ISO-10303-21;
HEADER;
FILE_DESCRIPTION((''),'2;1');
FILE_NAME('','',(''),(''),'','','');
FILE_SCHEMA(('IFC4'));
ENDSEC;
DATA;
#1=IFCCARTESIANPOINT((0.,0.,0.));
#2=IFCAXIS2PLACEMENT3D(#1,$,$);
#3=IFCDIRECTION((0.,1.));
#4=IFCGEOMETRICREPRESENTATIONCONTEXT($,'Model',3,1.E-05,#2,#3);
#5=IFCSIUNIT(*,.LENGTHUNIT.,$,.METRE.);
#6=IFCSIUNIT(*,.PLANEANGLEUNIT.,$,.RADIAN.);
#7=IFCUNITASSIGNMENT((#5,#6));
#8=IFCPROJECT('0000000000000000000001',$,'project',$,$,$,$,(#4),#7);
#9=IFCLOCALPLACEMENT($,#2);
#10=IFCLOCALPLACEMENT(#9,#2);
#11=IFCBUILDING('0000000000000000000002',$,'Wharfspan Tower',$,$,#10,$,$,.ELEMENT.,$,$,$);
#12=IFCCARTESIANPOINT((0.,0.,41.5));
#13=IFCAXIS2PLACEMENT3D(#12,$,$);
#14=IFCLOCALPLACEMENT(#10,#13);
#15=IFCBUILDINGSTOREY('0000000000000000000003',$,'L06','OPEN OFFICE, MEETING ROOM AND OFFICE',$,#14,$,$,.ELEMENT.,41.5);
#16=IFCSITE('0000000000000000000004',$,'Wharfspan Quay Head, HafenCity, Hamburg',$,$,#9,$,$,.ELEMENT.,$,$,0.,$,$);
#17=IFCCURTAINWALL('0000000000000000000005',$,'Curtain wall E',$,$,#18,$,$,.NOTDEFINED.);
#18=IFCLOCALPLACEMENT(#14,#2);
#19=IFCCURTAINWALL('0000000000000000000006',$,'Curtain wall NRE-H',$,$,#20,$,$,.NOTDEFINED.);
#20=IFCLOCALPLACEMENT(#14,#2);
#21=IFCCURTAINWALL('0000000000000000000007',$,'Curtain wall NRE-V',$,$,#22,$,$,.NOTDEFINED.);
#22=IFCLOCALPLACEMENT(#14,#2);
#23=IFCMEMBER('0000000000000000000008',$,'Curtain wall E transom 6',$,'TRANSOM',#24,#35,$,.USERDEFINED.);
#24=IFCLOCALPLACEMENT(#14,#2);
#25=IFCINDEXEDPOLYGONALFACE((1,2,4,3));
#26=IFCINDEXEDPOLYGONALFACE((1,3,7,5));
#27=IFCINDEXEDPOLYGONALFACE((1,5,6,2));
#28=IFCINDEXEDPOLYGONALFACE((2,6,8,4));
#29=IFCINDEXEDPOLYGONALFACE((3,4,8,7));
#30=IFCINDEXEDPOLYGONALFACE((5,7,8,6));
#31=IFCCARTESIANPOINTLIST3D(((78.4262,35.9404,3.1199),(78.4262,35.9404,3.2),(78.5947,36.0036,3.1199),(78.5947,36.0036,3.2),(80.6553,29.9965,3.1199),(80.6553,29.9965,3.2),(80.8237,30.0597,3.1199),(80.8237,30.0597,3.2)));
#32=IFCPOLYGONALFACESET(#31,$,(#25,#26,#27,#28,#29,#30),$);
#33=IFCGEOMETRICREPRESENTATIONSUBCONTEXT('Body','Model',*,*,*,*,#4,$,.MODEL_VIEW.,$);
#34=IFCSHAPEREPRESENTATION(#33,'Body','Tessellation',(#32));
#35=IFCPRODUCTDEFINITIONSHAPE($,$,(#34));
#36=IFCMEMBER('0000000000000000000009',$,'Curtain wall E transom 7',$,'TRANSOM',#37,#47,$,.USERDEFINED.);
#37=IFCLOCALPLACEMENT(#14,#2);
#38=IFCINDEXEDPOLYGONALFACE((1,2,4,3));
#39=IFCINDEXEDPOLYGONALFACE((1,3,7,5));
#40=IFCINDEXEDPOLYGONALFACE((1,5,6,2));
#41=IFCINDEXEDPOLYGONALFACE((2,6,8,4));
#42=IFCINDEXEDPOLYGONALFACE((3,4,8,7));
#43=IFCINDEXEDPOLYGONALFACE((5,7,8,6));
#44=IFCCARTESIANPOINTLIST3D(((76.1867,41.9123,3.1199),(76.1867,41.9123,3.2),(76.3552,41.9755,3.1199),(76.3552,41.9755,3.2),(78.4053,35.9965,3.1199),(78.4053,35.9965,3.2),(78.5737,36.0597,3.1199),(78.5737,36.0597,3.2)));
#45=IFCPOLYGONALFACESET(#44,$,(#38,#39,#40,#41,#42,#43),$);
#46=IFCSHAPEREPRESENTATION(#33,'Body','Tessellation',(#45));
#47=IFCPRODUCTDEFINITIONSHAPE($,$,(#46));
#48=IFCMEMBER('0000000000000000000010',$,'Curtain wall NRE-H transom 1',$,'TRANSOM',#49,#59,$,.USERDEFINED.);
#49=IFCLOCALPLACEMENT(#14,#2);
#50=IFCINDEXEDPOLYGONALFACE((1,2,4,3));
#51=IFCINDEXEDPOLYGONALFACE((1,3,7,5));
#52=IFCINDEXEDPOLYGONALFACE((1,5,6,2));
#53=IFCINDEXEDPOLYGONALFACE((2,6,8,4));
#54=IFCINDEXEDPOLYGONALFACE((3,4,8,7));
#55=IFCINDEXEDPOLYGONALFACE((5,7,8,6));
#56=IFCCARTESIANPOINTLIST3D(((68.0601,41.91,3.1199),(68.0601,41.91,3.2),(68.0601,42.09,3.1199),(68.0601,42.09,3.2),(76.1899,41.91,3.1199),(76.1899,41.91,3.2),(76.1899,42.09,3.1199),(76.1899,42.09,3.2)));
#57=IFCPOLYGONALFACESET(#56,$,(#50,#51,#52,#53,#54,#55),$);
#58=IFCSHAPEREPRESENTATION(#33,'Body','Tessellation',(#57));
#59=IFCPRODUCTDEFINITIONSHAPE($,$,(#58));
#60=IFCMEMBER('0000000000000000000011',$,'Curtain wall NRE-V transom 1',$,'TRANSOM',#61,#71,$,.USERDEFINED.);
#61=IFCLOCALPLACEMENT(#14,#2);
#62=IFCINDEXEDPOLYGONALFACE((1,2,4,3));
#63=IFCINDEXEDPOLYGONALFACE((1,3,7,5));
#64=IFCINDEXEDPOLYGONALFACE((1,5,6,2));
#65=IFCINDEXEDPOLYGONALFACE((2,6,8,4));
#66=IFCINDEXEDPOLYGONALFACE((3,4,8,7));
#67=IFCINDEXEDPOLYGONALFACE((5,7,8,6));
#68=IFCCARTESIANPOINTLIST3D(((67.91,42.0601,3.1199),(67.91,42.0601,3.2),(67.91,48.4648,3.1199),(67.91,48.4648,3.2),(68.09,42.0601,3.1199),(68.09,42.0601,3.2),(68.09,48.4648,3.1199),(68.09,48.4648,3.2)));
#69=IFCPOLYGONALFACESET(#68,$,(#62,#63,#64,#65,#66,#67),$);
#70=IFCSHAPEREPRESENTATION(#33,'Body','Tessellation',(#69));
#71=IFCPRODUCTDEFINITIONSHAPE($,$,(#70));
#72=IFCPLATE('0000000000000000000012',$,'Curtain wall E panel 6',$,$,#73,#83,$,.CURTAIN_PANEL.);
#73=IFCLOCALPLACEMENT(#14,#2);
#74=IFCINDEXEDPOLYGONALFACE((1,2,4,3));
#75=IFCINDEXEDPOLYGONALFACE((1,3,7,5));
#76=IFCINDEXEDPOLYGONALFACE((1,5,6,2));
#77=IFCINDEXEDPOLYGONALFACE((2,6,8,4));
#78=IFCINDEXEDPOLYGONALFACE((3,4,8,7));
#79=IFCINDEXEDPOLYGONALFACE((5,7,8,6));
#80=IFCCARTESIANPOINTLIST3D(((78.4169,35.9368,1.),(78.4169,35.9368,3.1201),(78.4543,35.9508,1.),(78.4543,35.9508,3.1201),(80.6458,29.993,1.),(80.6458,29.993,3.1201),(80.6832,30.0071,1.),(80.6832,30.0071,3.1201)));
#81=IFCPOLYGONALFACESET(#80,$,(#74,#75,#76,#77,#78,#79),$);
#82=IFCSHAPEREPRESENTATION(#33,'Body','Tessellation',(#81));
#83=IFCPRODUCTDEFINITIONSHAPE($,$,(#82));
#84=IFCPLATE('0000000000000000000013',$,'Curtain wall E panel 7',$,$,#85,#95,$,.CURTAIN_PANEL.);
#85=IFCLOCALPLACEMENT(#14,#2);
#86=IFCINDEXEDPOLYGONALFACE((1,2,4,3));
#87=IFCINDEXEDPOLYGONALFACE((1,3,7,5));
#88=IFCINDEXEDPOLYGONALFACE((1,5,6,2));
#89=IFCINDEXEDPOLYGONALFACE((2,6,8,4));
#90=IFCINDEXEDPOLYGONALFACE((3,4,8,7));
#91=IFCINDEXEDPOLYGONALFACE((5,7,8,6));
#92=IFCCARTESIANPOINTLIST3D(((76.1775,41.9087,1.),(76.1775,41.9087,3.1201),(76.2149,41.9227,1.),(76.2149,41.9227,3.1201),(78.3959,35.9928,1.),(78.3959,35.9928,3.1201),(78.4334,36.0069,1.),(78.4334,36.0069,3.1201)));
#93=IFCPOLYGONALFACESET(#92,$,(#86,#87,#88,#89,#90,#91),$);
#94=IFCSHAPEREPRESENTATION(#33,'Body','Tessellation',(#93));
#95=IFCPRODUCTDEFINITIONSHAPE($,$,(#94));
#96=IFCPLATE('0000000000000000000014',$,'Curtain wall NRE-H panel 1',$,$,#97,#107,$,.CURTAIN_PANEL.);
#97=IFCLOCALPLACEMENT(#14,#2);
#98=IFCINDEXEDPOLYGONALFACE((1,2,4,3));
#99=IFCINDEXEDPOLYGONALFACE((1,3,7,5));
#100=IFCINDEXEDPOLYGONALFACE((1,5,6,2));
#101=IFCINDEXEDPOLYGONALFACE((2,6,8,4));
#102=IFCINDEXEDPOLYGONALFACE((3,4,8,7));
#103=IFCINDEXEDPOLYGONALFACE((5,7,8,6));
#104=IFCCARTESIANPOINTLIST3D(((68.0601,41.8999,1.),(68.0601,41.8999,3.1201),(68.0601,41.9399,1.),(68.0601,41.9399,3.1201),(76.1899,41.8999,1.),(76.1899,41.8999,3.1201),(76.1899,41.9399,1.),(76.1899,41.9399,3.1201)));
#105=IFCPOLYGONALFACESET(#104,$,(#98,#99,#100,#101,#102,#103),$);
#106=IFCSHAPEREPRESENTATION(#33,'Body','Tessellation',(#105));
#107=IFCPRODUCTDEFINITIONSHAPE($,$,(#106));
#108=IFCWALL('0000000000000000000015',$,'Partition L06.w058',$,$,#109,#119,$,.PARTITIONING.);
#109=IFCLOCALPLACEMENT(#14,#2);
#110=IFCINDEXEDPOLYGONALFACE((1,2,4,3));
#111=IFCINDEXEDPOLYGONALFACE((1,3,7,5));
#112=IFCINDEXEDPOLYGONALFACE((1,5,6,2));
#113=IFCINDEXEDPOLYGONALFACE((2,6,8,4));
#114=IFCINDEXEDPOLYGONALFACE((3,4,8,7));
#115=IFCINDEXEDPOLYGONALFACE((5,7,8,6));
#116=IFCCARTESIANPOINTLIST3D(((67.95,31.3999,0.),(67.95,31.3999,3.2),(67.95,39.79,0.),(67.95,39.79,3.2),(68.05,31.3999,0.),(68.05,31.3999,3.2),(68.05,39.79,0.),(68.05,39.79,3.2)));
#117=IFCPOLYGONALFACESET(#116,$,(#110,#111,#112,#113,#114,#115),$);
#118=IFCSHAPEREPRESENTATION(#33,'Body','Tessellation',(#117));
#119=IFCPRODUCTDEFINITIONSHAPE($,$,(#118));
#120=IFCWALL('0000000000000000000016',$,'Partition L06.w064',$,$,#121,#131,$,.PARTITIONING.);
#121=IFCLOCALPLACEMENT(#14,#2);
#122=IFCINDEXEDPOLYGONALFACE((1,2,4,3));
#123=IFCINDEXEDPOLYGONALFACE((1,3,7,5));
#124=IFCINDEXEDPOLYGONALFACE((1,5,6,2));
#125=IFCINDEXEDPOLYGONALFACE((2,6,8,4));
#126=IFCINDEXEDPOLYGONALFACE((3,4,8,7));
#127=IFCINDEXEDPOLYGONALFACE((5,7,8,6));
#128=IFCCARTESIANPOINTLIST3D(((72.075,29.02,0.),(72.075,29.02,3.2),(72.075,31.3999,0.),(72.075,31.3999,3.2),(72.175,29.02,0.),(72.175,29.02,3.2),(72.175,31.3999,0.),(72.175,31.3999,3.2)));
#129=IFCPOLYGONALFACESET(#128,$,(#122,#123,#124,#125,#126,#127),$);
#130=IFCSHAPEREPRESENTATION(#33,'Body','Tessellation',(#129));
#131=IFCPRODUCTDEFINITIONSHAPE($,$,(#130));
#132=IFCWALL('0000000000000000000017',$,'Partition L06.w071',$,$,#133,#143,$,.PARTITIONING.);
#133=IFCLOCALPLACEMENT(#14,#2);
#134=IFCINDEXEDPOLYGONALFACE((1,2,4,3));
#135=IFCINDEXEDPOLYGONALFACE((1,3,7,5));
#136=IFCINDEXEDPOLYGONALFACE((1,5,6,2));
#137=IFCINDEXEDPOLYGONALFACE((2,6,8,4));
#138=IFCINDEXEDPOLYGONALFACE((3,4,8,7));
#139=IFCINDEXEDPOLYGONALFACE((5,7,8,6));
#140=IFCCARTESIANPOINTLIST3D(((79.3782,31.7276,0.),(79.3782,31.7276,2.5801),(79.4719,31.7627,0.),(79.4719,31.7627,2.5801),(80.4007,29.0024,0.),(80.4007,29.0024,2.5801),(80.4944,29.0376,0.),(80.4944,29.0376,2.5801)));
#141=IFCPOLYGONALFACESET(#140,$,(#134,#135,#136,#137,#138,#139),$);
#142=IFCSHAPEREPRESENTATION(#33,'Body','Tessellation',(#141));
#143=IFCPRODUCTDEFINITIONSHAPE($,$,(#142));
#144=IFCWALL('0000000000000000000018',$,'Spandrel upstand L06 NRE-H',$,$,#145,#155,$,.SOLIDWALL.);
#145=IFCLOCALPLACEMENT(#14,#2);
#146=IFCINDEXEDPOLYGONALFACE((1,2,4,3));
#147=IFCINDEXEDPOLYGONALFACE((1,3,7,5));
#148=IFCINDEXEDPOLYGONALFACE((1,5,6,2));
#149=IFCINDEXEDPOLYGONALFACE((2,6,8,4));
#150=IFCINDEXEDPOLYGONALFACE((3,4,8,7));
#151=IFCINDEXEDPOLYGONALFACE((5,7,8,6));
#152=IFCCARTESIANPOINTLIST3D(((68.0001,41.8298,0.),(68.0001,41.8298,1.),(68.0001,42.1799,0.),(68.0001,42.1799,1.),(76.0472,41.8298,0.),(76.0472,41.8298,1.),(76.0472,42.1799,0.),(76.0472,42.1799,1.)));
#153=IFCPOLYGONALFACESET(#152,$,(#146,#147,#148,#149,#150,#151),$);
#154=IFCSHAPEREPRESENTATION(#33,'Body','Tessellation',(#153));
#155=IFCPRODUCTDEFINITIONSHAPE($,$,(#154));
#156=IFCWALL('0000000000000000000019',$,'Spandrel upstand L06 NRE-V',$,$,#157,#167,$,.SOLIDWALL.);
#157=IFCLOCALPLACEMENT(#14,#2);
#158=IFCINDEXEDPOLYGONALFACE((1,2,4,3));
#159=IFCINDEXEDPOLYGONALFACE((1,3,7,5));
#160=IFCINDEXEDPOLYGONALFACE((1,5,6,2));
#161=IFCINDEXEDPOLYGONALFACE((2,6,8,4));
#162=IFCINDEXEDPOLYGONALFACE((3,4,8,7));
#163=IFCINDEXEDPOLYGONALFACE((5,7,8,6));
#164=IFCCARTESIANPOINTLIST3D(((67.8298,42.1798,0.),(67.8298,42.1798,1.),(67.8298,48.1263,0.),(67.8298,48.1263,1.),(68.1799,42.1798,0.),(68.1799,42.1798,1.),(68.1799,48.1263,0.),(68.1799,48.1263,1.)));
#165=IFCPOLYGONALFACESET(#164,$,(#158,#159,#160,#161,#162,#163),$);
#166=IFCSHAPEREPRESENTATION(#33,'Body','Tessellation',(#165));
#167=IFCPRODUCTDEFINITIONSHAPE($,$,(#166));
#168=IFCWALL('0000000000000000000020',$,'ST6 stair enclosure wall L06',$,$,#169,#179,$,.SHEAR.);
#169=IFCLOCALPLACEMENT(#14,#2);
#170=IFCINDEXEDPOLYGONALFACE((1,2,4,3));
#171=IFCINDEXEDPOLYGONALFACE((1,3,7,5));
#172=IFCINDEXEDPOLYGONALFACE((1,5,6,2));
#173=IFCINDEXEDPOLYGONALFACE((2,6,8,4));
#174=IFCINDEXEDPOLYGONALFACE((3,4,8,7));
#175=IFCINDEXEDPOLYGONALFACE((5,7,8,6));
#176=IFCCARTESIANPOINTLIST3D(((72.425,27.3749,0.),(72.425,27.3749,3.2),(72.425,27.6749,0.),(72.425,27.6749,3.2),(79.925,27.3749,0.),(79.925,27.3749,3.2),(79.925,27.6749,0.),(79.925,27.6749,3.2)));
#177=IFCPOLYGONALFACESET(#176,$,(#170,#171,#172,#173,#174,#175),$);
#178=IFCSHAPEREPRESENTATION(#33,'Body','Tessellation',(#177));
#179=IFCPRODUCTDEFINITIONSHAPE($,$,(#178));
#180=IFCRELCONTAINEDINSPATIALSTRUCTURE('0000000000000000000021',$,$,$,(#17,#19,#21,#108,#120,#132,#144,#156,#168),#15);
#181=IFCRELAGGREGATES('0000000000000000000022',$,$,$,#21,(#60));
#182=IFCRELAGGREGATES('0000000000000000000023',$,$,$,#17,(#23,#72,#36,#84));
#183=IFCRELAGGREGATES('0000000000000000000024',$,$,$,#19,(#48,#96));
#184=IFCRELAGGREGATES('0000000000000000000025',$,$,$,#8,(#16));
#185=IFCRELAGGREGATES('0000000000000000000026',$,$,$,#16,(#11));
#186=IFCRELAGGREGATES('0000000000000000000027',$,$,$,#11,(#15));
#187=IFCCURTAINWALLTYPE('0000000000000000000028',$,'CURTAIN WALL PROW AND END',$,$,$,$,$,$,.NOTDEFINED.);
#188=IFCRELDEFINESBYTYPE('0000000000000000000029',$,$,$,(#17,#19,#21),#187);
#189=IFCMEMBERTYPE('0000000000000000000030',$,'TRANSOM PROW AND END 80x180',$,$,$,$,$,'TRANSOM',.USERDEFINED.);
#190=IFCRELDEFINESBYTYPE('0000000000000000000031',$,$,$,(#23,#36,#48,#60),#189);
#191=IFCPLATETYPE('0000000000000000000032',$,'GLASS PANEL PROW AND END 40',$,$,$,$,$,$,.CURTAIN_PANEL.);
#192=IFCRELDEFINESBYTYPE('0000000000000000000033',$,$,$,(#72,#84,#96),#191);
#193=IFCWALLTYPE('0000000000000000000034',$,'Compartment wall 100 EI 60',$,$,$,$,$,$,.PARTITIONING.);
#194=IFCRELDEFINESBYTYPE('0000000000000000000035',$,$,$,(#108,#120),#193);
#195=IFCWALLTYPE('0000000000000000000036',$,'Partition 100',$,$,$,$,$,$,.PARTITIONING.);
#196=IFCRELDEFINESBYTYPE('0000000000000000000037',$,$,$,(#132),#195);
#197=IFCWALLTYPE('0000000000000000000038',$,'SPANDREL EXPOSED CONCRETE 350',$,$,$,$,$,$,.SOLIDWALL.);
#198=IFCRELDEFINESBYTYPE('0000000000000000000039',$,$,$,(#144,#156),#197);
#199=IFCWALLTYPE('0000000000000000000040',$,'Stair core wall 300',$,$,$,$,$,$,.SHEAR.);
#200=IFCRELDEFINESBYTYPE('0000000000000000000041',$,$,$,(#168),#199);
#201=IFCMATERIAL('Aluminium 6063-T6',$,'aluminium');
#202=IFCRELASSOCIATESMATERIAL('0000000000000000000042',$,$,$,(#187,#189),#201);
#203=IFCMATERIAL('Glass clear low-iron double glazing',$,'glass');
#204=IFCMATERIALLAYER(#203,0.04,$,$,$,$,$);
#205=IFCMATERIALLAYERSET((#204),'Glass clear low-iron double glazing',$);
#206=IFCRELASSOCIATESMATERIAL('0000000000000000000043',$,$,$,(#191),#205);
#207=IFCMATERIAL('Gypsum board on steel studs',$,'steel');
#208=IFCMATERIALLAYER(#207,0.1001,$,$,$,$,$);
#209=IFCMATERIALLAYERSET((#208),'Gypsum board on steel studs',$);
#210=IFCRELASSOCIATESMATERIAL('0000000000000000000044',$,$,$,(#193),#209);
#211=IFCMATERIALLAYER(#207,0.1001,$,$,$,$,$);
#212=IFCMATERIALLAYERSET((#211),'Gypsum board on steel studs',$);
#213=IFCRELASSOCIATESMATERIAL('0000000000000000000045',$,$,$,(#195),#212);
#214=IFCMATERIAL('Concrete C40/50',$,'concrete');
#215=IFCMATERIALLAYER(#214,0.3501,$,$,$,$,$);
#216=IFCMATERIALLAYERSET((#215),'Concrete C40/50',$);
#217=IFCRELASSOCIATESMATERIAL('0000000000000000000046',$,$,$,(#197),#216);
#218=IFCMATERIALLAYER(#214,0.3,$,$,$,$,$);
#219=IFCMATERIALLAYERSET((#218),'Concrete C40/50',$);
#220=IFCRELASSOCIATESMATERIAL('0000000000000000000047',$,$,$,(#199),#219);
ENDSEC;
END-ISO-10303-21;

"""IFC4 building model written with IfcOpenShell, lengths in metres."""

from ifc_helpers import new_model, si_unit, direction, frame, frame_2d, origin, origin_2d, place, context, subcontext, project, spatial, rectangle, extrude, material, layer, layer_set, material_profile, profile_set, type_object, element, aggregate, save


model = new_model("IFC4")

# Units and contexts
model_context = context("Model", 3, precision=1e-05, world=origin(), true_north=direction((0.0, 1.0)))
body_context = subcontext(model_context, "Body", "Model", "MODEL_VIEW")
ifc_project = project(units=[si_unit("LENGTHUNIT", "METRE"), si_unit("PLANEANGLEUNIT", "RADIAN")], contexts=[model_context])

# Site, building, storey
site_placement = place(None, origin())
site = spatial("IfcSite", under=ifc_project, at=site_placement, Name="Wharfspan Quay Head, HafenCity, Hamburg", CompositionType="ELEMENT", RefElevation=0.0)
building_placement = place(site_placement, origin())
building = spatial("IfcBuilding", under=site, at=building_placement, Name="Wharfspan Tower", CompositionType="ELEMENT")
storey_placement = place(building_placement, frame((0.0, 0.0, 41.5)))
storey = spatial("IfcBuildingStorey", under=building, at=storey_placement, Name="L06", Description="OPEN OFFICE, MEETING ROOM AND OFFICE", CompositionType="ELEMENT", Elevation=41.5)

# Curtain walls
ifc_material_1 = material(Name="Aluminium 6063-T6", Category="aluminium")
curtain_wall_type = type_object("IfcCurtainWallType", Name="CURTAIN WALL PROW AND END", PredefinedType="NOTDEFINED", material=ifc_material_1)
curtain_wall_1_placement = place(storey_placement, origin())
curtain_wall_1 = element("IfcCurtainWall", 1, at=curtain_wall_1_placement, inside=storey, type_object=curtain_wall_type, Name="Curtain wall E", PredefinedType="NOTDEFINED")
curtain_wall_2_placement = place(storey_placement, origin())
curtain_wall_2 = element("IfcCurtainWall", 2, at=curtain_wall_2_placement, inside=storey, type_object=curtain_wall_type, Name="Curtain wall NRE-H", PredefinedType="NOTDEFINED")
curtain_wall_3_placement = place(storey_placement, origin())
curtain_wall_3 = element("IfcCurtainWall", 3, at=curtain_wall_3_placement, inside=storey, type_object=curtain_wall_type, Name="Curtain wall NRE-V", PredefinedType="NOTDEFINED")

# Members
ifc_material_profile_1 = material_profile(ifc_material_1, rectangle(XDim=0.1799, YDim=0.0801, at=origin_2d()))
ifc_profile_set_1 = profile_set([ifc_material_profile_1], Name="Aluminium 6063-T6")
member_type_1 = type_object("IfcMemberType", Name="TRANSOM PROW AND END 80x180", ElementType="TRANSOM", PredefinedType="USERDEFINED", material=ifc_profile_set_1)
member_1_placement = place(storey_placement, frame((80.7395, 30.0281, 3.1599), z_axis=(-0.351132, 0.936326, 0.0), x_axis=(-0.936326, -0.351132, 0.0)))
member_1 = element("IfcMember", 4, at=member_1_placement, type_object=member_type_1, Name="Curtain wall E transom 6", ObjectType="TRANSOM", PredefinedType="USERDEFINED", context=body_context, shape_type="SweptSolid", body=[
    extrude(rectangle(XDim=0.1799, YDim=0.0801, at=origin_2d()), origin(), (0.0, 0.0, 1.0), 6.3481),
])
member_2_placement = place(storey_placement, frame((78.4895, 36.0281, 3.1599), z_axis=(-0.351136, 0.936324, 0.0), x_axis=(-0.936324, -0.351136, 0.0)))
member_2 = element("IfcMember", 5, at=member_2_placement, type_object=member_type_1, Name="Curtain wall E transom 7", ObjectType="TRANSOM", PredefinedType="USERDEFINED", context=body_context, shape_type="SweptSolid", body=[
    extrude(rectangle(XDim=0.1799, YDim=0.0801, at=origin_2d()), origin(), (0.0, 0.0, 1.0), 6.3181),
])
member_3_placement = place(storey_placement, frame((76.1899, 42.0, 3.1599), z_axis=(-1.0, 0.0, 0.0), x_axis=(0.0, -1.0, 0.0)))
member_3 = element("IfcMember", 6, at=member_3_placement, type_object=member_type_1, Name="Curtain wall NRE-H transom 1", ObjectType="TRANSOM", PredefinedType="USERDEFINED", context=body_context, shape_type="SweptSolid", body=[
    extrude(rectangle(XDim=0.1799, YDim=0.0801, at=origin_2d()), origin(), (0.0, 0.0, 1.0), 8.1299),
])
member_4_placement = place(storey_placement, frame((68.0, 42.0601, 3.1599), z_axis=(0.0, 1.0, 0.0), x_axis=(-1.0, 0.0, 0.0)))
member_4 = element("IfcMember", 7, at=member_4_placement, type_object=member_type_1, Name="Curtain wall NRE-V transom 1", ObjectType="TRANSOM", PredefinedType="USERDEFINED", context=body_context, shape_type="SweptSolid", body=[
    extrude(rectangle(XDim=0.1799, YDim=0.0801, at=origin_2d()), origin(), (0.0, 0.0, 1.0), 6.4048),
])
aggregate(curtain_wall_3, [member_4])

# Plates
ifc_material_2 = material(Name="Glass clear low-iron double glazing", Category="glass")
ifc_layer_1 = layer(ifc_material_2, 0.04)
ifc_layer_set_1 = layer_set([ifc_layer_1], Name="Glass clear low-iron double glazing")
plate_type = type_object("IfcPlateType", Name="GLASS PANEL PROW AND END 40", PredefinedType="CURTAIN_PANEL", material=ifc_layer_set_1)
plate_1_placement = place(storey_placement, frame((79.55, 32.9719, 1.0), z_axis=(0.0, 0.0, 1.0), x_axis=(-0.351123, 0.936328, 0.0)))
plate_1 = element("IfcPlate", 8, at=plate_1_placement, type_object=plate_type, Name="Curtain wall E panel 6", PredefinedType="CURTAIN_PANEL", context=body_context, shape_type="SweptSolid", body=[
    extrude(rectangle(XDim=6.3479, YDim=0.04, at=origin_2d()), origin(), (0.0, 0.0, 1.0), 2.1201),
])
plate_2_placement = place(storey_placement, frame((77.3054, 38.9578, 1.0), z_axis=(0.0, 0.0, 1.0), x_axis=(-0.351123, 0.936328, 0.0)))
plate_2 = element("IfcPlate", 9, at=plate_2_placement, type_object=plate_type, Name="Curtain wall E panel 7", PredefinedType="CURTAIN_PANEL", context=body_context, shape_type="SweptSolid", body=[
    extrude(rectangle(XDim=6.3181, YDim=0.04, at=origin_2d()), origin(), (0.0, 0.0, 1.0), 2.1201),
])
aggregate(curtain_wall_1, [member_1, plate_1, member_2, plate_2])
plate_3_placement = place(storey_placement, frame((72.125, 41.9199, 1.0), z_axis=(0.0, 0.0, 1.0), x_axis=(-1.0, 0.0, 0.0)))
plate_3 = element("IfcPlate", 10, at=plate_3_placement, type_object=plate_type, Name="Curtain wall NRE-H panel 1", PredefinedType="CURTAIN_PANEL", context=body_context, shape_type="SweptSolid", body=[
    extrude(rectangle(XDim=8.1299, YDim=0.04, at=origin_2d()), origin(), (0.0, 0.0, 1.0), 2.1201),
])
aggregate(curtain_wall_2, [member_3, plate_3])

# Walls
ifc_material_3 = material(Name="Gypsum board on steel studs", Category="steel")
ifc_layer_2 = layer(ifc_material_3, 0.1001)
ifc_layer_set_2 = layer_set([ifc_layer_2], Name="Gypsum board on steel studs")
wall_type_1 = type_object("IfcWallType", Name="Compartment wall 100 EI 60", PredefinedType="PARTITIONING", material=ifc_layer_set_2)
wall_1_placement = place(storey_placement, frame((68.0, 31.3999, 0.0), z_axis=(0.0, 0.0, 1.0), x_axis=(0.0, 1.0, 0.0)))
element("IfcWall", 11, at=wall_1_placement, inside=storey, type_object=wall_type_1, Name="Partition L06.w058", PredefinedType="PARTITIONING", context=body_context, shape_type="SweptSolid", body=[
    extrude(rectangle(XDim=8.3901, YDim=0.1001, at=frame_2d((4.1951, 0.0))), origin(), (0.0, 0.0, 1.0), 3.2),
])
wall_2_placement = place(storey_placement, frame((72.125, 29.02, 0.0), z_axis=(0.0, 0.0, 1.0), x_axis=(0.0, 1.0, 0.0)))
element("IfcWall", 12, at=wall_2_placement, inside=storey, type_object=wall_type_1, Name="Partition L06.w064", PredefinedType="PARTITIONING", context=body_context, shape_type="SweptSolid", body=[
    extrude(rectangle(XDim=2.3799, YDim=0.1001, at=frame_2d((1.1899, 0.0))), origin(), (0.0, 0.0, 1.0), 3.2),
])
ifc_layer_3 = layer(ifc_material_3, 0.1001)
ifc_layer_set_3 = layer_set([ifc_layer_3], Name="Gypsum board on steel studs")
wall_type_2 = type_object("IfcWallType", Name="Partition 100", PredefinedType="PARTITIONING", material=ifc_layer_set_3)
wall_3_placement = place(storey_placement, frame((80.4475, 29.02, 0.0), z_axis=(0.0, 0.0, 1.0), x_axis=(-0.35129, 0.93627, 0.0)))
element("IfcWall", 13, at=wall_3_placement, inside=storey, type_object=wall_type_2, Name="Partition L06.w071", PredefinedType="PARTITIONING", context=body_context, shape_type="SweptSolid", body=[
    extrude(rectangle(XDim=2.9106, YDim=0.1001, at=frame_2d((1.4553, 0.0))), origin(), (0.0, 0.0, 1.0), 2.5801),
])
ifc_material_4 = material(Name="Concrete C40/50", Category="concrete")
ifc_layer_4 = layer(ifc_material_4, 0.3501)
ifc_layer_set_4 = layer_set([ifc_layer_4], Name="Concrete C40/50")
wall_type_3 = type_object("IfcWallType", Name="SPANDREL EXPOSED CONCRETE 350", PredefinedType="SOLIDWALL", material=ifc_layer_set_4)
wall_4_placement = place(storey_placement, frame((76.0471, 42.0049, 0.0), z_axis=(0.0, 0.0, 1.0), x_axis=(-1.0, 0.0, 0.0)))
element("IfcWall", 14, at=wall_4_placement, inside=storey, type_object=wall_type_3, Name="Spandrel upstand L06 NRE-H", PredefinedType="SOLIDWALL", context=body_context, shape_type="SweptSolid", body=[
    extrude(rectangle(XDim=8.0471, YDim=0.3501, at=frame_2d((4.0234, 0.0))), origin(), (0.0, 0.0, 1.0), 1.0),
])
wall_5_placement = place(storey_placement, frame((68.0049, 42.1799, 0.0), z_axis=(0.0, 0.0, 1.0), x_axis=(0.0, 1.0, 0.0)))
element("IfcWall", 15, at=wall_5_placement, inside=storey, type_object=wall_type_3, Name="Spandrel upstand L06 NRE-V", PredefinedType="SOLIDWALL", context=body_context, shape_type="SweptSolid", body=[
    extrude(rectangle(XDim=5.9465, YDim=0.3501, at=frame_2d((2.9731, 0.0))), origin(), (0.0, 0.0, 1.0), 1.0),
])
ifc_layer_5 = layer(ifc_material_4, 0.3)
ifc_layer_set_5 = layer_set([ifc_layer_5], Name="Concrete C40/50")
wall_type_4 = type_object("IfcWallType", Name="Stair core wall 300", PredefinedType="SHEAR", material=ifc_layer_set_5)
wall_6_placement = place(storey_placement, frame((72.425, 27.5249, 0.0), z_axis=(0.0, 0.0, 1.0), x_axis=(1.0, 0.0, 0.0)))
element("IfcWall", 16, at=wall_6_placement, inside=storey, type_object=wall_type_4, Name="ST6 stair enclosure wall L06", PredefinedType="SHEAR", context=body_context, shape_type="SweptSolid", body=[
    extrude(rectangle(XDim=7.5, YDim=0.3, at=frame_2d((3.75, 0.0))), origin(), (0.0, 0.0, 1.0), 3.2),
])

save(model, "model.ifc")
